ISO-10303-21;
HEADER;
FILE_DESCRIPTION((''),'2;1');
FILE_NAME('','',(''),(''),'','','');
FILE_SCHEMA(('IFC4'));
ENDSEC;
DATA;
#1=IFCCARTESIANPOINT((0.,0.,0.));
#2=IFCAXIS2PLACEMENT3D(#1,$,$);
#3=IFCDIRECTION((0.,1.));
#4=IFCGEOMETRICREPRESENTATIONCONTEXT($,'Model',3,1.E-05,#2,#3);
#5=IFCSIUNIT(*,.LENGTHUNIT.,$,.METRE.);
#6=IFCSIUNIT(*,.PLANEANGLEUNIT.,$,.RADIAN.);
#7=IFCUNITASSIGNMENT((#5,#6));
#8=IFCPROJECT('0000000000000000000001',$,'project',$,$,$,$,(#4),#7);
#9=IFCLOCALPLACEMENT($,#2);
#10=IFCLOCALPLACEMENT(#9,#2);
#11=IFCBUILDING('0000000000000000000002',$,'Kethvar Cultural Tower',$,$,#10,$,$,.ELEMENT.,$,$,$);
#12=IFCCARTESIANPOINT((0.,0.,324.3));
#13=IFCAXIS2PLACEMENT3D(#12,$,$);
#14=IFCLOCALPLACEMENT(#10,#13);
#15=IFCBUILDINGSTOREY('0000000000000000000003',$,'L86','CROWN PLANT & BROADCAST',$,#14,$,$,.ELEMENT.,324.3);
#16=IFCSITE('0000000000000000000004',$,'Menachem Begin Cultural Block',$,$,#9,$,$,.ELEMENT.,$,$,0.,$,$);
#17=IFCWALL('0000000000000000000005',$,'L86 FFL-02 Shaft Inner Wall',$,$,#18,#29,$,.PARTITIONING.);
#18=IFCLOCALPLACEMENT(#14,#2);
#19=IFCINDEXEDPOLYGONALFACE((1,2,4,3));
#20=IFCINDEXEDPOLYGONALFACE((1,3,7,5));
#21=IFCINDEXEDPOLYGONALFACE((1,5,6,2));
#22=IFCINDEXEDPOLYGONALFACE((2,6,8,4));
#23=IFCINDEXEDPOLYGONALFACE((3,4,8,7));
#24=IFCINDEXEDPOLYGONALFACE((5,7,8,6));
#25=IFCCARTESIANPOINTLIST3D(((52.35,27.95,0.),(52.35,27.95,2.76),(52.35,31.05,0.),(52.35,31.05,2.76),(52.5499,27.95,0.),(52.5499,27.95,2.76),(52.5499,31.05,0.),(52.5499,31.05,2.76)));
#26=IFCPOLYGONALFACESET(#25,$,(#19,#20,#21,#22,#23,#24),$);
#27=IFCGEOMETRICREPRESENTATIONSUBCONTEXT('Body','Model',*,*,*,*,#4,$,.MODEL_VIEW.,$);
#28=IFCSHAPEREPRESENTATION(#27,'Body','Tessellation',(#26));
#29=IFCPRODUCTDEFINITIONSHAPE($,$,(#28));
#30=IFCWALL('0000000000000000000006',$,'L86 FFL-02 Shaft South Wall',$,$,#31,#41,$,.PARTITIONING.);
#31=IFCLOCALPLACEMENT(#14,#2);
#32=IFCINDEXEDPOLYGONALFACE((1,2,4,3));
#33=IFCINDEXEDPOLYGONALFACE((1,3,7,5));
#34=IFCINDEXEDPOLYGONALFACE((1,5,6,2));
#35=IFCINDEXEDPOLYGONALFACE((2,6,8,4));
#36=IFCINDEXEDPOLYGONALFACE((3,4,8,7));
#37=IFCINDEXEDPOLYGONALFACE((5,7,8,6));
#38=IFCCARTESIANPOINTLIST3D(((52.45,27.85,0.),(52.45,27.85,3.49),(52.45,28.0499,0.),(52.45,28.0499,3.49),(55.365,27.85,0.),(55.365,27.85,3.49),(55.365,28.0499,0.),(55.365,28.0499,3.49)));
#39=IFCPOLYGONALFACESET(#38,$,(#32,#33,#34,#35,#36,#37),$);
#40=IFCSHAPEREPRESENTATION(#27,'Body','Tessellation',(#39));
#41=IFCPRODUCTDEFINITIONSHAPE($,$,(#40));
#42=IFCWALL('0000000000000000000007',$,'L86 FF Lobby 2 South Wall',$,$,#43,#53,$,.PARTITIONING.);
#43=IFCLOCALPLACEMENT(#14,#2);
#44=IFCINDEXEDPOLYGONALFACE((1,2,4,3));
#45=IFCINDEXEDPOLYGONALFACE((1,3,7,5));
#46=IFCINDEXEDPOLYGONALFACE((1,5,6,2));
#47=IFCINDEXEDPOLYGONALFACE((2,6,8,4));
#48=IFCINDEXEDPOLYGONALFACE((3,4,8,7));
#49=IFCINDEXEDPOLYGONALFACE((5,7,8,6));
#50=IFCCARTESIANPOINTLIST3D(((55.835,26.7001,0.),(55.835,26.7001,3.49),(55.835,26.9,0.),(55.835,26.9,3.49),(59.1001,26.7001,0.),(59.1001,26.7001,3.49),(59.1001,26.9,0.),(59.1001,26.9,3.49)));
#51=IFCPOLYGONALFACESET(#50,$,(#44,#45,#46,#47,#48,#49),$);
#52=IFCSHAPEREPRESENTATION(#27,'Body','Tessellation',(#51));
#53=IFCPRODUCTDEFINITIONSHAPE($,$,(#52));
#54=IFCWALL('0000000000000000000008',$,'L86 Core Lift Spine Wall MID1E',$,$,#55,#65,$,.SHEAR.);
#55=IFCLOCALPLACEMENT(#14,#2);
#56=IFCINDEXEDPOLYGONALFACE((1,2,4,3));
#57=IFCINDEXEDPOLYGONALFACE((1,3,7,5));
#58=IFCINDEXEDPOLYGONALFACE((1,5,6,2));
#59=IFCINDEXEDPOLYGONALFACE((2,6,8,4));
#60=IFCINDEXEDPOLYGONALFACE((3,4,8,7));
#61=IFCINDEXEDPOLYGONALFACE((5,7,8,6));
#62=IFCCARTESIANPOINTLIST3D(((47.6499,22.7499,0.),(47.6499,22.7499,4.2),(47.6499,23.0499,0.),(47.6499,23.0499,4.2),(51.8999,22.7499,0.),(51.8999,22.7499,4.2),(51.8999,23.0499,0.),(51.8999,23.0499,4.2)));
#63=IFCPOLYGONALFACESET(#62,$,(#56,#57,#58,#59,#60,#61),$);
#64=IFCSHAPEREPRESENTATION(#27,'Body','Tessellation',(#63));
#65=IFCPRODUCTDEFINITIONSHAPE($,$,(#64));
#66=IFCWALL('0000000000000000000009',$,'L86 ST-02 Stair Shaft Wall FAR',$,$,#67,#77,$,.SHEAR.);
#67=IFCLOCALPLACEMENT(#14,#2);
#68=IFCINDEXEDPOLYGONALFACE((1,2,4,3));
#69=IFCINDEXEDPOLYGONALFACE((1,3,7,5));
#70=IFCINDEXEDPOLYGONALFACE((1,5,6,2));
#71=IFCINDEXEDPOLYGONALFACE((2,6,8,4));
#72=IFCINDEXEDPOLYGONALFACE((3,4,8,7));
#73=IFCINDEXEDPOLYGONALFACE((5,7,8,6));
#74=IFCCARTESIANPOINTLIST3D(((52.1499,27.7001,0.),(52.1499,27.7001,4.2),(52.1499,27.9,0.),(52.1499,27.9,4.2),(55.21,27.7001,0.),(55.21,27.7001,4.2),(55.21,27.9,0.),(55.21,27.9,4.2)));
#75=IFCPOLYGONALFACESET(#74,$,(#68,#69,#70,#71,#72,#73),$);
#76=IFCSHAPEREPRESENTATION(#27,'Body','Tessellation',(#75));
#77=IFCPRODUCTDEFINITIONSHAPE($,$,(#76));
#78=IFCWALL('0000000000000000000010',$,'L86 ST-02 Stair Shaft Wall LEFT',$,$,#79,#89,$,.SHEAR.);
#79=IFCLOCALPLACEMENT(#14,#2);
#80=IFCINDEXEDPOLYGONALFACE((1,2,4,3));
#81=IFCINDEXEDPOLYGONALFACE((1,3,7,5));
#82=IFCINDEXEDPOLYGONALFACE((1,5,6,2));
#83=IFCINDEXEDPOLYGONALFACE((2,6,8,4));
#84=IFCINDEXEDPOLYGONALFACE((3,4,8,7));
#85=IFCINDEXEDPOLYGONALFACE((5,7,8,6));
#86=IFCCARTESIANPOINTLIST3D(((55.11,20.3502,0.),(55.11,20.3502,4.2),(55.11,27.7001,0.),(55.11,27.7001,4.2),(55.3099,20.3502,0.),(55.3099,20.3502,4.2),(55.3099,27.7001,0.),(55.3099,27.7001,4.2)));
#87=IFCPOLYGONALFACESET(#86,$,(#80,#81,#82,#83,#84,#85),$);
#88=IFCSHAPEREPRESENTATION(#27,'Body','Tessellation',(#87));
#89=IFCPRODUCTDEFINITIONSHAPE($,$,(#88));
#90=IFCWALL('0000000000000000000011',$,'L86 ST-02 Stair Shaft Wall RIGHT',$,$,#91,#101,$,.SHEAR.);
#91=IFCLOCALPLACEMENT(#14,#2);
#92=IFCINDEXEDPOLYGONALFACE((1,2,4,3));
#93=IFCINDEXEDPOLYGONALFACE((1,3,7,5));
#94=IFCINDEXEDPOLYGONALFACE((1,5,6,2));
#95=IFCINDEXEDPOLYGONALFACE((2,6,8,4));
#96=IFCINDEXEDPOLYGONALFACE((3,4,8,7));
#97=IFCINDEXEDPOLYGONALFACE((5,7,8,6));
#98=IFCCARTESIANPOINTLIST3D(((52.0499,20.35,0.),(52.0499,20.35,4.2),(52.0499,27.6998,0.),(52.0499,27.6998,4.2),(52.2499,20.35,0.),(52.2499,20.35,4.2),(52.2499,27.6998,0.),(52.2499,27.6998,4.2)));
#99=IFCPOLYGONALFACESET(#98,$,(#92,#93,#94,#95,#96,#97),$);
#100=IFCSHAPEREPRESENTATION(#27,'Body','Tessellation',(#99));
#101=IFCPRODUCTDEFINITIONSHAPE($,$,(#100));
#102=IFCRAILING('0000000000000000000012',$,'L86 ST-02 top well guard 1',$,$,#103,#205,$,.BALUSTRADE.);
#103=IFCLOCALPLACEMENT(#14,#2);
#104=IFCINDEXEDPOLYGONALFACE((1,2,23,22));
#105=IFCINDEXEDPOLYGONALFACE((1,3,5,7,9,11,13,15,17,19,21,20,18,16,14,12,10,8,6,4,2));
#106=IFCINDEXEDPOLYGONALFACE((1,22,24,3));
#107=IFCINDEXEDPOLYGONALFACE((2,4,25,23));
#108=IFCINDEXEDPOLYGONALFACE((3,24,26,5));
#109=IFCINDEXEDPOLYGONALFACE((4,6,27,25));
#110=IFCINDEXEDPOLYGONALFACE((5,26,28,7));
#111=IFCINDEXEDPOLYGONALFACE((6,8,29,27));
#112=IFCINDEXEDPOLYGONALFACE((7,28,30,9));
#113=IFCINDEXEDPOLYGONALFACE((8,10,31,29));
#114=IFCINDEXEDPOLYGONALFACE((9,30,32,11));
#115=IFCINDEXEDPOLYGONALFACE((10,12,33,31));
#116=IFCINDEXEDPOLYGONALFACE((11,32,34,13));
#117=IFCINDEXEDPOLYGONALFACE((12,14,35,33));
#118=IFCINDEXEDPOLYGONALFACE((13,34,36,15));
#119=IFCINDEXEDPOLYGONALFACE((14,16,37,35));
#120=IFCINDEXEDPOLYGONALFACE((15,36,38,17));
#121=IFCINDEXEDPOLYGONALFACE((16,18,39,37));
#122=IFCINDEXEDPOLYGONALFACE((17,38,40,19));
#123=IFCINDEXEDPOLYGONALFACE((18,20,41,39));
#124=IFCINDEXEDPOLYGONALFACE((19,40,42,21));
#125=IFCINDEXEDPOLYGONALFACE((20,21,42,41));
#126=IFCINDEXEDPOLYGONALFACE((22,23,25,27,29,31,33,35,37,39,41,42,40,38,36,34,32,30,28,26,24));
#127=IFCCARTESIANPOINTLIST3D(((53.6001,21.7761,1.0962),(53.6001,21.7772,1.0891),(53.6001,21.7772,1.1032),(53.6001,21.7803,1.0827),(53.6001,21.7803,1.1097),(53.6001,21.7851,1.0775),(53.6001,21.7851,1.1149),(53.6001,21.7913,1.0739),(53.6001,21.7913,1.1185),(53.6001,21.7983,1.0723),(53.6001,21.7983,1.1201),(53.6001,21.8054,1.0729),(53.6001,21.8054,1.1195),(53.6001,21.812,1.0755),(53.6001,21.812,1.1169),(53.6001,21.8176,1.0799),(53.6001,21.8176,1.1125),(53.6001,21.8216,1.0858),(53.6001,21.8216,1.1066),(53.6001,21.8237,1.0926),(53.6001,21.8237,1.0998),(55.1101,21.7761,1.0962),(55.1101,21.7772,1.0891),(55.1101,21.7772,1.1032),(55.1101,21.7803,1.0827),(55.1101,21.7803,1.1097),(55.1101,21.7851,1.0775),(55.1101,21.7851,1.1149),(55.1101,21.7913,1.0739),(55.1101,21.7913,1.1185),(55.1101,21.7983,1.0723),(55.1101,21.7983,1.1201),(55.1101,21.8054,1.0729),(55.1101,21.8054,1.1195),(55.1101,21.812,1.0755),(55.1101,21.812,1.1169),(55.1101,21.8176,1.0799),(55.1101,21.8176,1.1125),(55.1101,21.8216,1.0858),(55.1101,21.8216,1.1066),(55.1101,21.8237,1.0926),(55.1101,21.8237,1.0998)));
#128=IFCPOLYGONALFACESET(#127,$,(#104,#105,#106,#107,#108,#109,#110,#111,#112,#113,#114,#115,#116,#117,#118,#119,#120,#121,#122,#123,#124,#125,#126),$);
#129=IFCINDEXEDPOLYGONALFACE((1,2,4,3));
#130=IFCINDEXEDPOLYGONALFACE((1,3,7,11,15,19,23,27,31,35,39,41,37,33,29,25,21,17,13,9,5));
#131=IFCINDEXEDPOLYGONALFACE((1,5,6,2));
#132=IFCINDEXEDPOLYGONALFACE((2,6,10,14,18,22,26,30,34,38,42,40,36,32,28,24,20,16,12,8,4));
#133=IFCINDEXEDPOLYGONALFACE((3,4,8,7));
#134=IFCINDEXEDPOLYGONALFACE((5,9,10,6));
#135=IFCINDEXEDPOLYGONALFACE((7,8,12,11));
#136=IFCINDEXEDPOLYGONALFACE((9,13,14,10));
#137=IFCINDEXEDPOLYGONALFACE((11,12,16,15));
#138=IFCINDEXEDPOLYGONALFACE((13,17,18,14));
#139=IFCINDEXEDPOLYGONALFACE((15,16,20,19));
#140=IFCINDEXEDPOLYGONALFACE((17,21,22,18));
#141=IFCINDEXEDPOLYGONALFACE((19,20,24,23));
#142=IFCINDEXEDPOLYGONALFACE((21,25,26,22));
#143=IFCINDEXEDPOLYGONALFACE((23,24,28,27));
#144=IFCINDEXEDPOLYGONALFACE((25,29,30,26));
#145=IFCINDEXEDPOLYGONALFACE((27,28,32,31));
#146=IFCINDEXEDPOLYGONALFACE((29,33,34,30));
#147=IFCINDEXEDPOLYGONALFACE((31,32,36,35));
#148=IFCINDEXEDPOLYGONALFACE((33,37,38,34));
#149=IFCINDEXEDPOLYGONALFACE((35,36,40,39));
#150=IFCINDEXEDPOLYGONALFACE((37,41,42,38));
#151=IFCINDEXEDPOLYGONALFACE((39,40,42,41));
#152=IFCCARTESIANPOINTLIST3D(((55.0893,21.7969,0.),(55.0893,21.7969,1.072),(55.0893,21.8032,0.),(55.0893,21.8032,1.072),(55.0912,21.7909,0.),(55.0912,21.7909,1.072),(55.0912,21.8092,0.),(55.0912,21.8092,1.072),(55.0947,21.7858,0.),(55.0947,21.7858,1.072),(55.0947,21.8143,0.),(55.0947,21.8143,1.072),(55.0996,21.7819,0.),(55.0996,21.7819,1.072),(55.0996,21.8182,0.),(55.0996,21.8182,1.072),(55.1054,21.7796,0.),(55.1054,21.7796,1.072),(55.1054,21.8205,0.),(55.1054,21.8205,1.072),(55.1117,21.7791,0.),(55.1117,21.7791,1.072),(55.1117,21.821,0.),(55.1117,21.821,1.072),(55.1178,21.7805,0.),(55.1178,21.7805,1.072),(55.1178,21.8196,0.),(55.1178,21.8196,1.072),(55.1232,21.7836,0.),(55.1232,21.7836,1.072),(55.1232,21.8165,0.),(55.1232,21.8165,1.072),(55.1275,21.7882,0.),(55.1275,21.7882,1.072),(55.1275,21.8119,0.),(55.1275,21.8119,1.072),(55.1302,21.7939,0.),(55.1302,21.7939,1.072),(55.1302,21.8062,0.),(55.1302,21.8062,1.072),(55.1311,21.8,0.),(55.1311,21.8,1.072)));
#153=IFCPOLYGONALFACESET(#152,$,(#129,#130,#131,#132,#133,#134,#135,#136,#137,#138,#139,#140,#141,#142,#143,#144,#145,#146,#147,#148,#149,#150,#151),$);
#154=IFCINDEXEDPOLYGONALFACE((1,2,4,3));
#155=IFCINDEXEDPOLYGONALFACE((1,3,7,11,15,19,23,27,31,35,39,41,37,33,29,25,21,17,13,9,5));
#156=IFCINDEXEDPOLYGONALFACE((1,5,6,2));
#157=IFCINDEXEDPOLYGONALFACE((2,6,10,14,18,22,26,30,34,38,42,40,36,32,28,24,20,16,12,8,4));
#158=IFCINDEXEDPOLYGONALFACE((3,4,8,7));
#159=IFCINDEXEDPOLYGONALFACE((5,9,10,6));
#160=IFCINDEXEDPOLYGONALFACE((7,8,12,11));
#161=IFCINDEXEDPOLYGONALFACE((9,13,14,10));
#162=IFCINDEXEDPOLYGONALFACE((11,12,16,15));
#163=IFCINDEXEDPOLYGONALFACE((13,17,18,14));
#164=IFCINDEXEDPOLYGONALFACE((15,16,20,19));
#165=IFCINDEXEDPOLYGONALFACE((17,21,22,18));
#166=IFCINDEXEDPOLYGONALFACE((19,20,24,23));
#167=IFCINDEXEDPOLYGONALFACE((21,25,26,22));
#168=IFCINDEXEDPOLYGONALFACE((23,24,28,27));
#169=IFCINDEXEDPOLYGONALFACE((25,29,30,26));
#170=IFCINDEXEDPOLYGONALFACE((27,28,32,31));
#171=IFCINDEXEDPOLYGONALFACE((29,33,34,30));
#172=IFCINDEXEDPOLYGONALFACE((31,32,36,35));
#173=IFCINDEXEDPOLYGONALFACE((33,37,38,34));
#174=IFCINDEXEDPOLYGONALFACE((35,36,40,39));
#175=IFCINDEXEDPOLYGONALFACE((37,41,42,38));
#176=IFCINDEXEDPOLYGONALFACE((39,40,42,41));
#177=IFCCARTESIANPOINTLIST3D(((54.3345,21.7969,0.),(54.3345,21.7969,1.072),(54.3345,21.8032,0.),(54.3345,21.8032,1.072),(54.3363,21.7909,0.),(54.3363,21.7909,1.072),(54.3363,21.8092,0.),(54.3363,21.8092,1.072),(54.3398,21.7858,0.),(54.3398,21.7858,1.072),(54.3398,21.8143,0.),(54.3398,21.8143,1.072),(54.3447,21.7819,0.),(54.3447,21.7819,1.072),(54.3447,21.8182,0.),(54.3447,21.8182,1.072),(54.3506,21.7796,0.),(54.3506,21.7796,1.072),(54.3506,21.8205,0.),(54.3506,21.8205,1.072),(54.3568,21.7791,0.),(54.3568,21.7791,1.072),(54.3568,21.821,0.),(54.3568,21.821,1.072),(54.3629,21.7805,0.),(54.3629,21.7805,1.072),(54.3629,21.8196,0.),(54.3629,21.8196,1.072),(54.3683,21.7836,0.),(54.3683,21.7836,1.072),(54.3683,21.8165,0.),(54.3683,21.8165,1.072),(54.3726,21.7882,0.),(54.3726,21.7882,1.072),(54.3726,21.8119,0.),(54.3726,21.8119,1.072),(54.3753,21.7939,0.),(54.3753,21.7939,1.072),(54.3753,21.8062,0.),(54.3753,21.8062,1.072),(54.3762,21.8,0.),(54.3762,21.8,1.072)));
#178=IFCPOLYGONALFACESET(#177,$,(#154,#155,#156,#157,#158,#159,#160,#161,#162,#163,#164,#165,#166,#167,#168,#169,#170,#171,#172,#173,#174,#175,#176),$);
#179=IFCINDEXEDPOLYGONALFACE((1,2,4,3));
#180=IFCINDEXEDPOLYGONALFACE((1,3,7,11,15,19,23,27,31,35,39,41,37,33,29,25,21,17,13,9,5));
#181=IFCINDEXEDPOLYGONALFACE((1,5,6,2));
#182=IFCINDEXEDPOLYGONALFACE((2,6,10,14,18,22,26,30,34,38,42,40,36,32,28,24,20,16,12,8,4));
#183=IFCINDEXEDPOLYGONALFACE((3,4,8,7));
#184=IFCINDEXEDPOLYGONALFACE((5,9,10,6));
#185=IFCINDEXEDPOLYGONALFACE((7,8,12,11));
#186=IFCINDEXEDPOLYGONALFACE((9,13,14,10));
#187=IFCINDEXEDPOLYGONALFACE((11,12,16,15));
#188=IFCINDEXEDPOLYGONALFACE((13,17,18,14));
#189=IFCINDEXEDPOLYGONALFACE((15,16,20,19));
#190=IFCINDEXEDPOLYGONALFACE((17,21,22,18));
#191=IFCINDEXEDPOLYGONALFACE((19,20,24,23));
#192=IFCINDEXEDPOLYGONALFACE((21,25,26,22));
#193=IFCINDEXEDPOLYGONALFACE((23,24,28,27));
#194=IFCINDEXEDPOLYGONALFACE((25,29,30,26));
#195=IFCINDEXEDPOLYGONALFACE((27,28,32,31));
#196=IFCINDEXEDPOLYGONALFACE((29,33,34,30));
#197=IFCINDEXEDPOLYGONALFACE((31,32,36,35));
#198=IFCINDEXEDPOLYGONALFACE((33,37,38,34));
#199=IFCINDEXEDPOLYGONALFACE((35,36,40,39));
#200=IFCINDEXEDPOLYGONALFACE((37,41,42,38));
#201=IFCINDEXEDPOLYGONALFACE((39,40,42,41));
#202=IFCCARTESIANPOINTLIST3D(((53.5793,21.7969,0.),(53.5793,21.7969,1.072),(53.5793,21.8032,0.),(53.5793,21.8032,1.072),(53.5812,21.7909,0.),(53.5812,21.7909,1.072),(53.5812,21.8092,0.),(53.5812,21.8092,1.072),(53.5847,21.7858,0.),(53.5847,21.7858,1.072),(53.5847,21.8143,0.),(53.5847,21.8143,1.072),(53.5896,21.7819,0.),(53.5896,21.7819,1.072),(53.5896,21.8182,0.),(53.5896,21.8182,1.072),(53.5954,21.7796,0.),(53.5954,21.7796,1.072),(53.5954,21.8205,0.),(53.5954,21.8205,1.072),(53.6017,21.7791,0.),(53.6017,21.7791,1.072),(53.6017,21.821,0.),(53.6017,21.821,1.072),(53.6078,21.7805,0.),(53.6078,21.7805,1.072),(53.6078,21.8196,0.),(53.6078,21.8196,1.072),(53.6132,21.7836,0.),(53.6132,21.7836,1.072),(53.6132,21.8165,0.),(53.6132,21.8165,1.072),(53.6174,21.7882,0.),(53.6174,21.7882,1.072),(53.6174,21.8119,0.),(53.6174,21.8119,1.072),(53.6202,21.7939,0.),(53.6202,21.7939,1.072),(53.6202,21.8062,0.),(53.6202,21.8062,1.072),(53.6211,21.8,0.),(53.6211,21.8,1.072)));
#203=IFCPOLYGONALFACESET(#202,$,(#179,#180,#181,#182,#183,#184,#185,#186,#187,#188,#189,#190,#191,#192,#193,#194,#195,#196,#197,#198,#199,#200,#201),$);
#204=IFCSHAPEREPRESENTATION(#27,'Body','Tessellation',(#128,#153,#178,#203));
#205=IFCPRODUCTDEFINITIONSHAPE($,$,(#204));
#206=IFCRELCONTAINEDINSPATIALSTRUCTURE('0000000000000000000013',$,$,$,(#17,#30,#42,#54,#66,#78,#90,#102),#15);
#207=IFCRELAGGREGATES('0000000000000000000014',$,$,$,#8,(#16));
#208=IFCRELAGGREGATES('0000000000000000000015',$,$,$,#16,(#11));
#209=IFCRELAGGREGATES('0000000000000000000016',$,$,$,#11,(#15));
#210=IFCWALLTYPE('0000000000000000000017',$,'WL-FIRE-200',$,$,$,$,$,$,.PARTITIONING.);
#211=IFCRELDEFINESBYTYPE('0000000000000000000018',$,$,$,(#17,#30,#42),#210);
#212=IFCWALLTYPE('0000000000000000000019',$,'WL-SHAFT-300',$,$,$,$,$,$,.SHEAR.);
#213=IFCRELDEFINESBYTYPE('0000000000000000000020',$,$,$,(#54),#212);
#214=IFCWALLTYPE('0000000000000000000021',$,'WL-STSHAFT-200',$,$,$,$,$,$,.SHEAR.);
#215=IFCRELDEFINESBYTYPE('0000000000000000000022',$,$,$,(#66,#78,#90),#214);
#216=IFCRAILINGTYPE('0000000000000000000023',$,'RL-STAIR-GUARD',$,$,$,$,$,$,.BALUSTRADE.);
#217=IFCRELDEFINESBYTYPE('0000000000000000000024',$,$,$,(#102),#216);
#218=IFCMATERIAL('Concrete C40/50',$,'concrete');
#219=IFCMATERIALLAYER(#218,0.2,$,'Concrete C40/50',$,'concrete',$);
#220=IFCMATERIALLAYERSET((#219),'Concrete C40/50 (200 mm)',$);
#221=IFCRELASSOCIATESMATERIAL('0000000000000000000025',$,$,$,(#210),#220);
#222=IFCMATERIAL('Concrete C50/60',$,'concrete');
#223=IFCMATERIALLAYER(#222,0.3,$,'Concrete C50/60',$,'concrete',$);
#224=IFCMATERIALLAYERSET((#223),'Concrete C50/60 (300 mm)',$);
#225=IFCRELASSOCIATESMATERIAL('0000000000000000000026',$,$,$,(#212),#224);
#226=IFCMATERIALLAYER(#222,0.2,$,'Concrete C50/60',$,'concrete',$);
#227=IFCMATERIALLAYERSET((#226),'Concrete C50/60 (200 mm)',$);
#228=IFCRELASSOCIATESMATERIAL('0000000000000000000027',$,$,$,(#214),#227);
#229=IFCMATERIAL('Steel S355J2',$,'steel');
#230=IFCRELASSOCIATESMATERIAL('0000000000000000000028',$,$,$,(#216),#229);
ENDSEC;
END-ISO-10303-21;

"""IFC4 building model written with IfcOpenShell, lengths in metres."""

from ifc_helpers import new_model, si_unit, direction, frame, frame_2d, origin, origin_2d, place, context, subcontext, project, spatial, rectangle, circle, extrude, material, layer, layer_set, type_object, element, save


model = new_model("IFC4")

# Units and contexts
model_context = context("Model", 3, precision=1e-05, world=origin(), true_north=direction((0.0, 1.0)))
body_context = subcontext(model_context, "Body", "Model", "MODEL_VIEW")
ifc_project = project(units=[si_unit("LENGTHUNIT", "METRE"), si_unit("PLANEANGLEUNIT", "RADIAN")], contexts=[model_context])

# Site, building, storey
site_placement = place(None, origin())
site = spatial("IfcSite", under=ifc_project, at=site_placement, Name="Menachem Begin Cultural Block", CompositionType="ELEMENT", RefElevation=0.0)
building_placement = place(site_placement, origin())
building = spatial("IfcBuilding", under=site, at=building_placement, Name="Kethvar Cultural Tower", CompositionType="ELEMENT")
storey_placement = place(building_placement, frame((0.0, 0.0, 324.3)))
storey = spatial("IfcBuildingStorey", under=building, at=storey_placement, Name="L86", Description="CROWN PLANT & BROADCAST", CompositionType="ELEMENT", Elevation=324.3)

# Shared definitions
ifc_material_1 = material(Name="Concrete C50/60", Category="concrete")
ifc_material_2 = material(Name="Steel S355J2", Category="steel")

# Walls
ifc_material_3 = material(Name="Concrete C40/50", Category="concrete")
ifc_layer_1 = layer(ifc_material_3, 0.2, Name="Concrete C40/50", Category="concrete")
ifc_layer_set_1 = layer_set([ifc_layer_1], Name="Concrete C40/50 (200 mm)")
wall_type_1 = type_object("IfcWallType", Name="WL-FIRE-200", PredefinedType="PARTITIONING", material=ifc_layer_set_1)
wall_1_placement = place(storey_placement, frame((52.45, 27.95, 0.0), z_axis=(0.0, 0.0, 1.0), x_axis=(0.0, 1.0, 0.0)))
element("IfcWall", 1, at=wall_1_placement, inside=storey, type_object=wall_type_1, Name="L86 FFL-02 Shaft Inner Wall", PredefinedType="PARTITIONING", context=body_context, shape_type="SweptSolid", body=[
    extrude(rectangle(XDim=3.1001, YDim=0.2, at=frame_2d((1.55, 0.0))), origin(), (0.0, 0.0, 1.0), 2.76),
])
wall_2_placement = place(storey_placement, frame((52.45, 27.95, 0.0), z_axis=(0.0, 0.0, 1.0), x_axis=(1.0, 0.0, 0.0)))
element("IfcWall", 2, at=wall_2_placement, inside=storey, type_object=wall_type_1, Name="L86 FFL-02 Shaft South Wall", PredefinedType="PARTITIONING", context=body_context, shape_type="SweptSolid", body=[
    extrude(rectangle(XDim=2.915, YDim=0.2, at=frame_2d((1.4575, 0.0))), origin(), (0.0, 0.0, 1.0), 3.49),
])
wall_3_placement = place(storey_placement, frame((55.835, 26.8, 0.0), z_axis=(0.0, 0.0, 1.0), x_axis=(1.0, 0.0, 0.0)))
element("IfcWall", 3, at=wall_3_placement, inside=storey, type_object=wall_type_1, Name="L86 FF Lobby 2 South Wall", PredefinedType="PARTITIONING", context=body_context, shape_type="SweptSolid", body=[
    extrude(rectangle(XDim=3.2651, YDim=0.2, at=frame_2d((1.6326, 0.0))), origin(), (0.0, 0.0, 1.0), 3.49),
])
ifc_layer_2 = layer(ifc_material_1, 0.3, Name="Concrete C50/60", Category="concrete")
ifc_layer_set_2 = layer_set([ifc_layer_2], Name="Concrete C50/60 (300 mm)")
wall_type_2 = type_object("IfcWallType", Name="WL-SHAFT-300", PredefinedType="SHEAR", material=ifc_layer_set_2)
wall_4_placement = place(storey_placement, frame((47.6499, 22.8999, 0.0), z_axis=(0.0, 0.0, 1.0), x_axis=(1.0, 0.0, 0.0)))
element("IfcWall", 4, at=wall_4_placement, inside=storey, type_object=wall_type_2, Name="L86 Core Lift Spine Wall MID1E", PredefinedType="SHEAR", context=body_context, shape_type="SweptSolid", body=[
    extrude(rectangle(XDim=4.25, YDim=0.3, at=frame_2d((2.125, 0.0))), origin(), (0.0, 0.0, 1.0), 4.2),
])

# Walls
ifc_layer_3 = layer(ifc_material_1, 0.2, Name="Concrete C50/60", Category="concrete")
ifc_layer_set_3 = layer_set([ifc_layer_3], Name="Concrete C50/60 (200 mm)")
wall_type_3 = type_object("IfcWallType", Name="WL-STSHAFT-200", PredefinedType="SHEAR", material=ifc_layer_set_3)
wall_5_placement = place(storey_placement, frame((52.1499, 27.8, 0.0), z_axis=(0.0, 0.0, 1.0), x_axis=(1.0, 0.0, 0.0)))
element("IfcWall", 5, at=wall_5_placement, inside=storey, type_object=wall_type_3, Name="L86 ST-02 Stair Shaft Wall FAR", PredefinedType="SHEAR", context=body_context, shape_type="SweptSolid", body=[
    extrude(rectangle(XDim=3.0601, YDim=0.2, at=frame_2d((1.53, 0.0))), origin(), (0.0, 0.0, 1.0), 4.2),
])
for number, where, z_axis, x_axis, name in (
    (6, (55.21, 27.7, 0.0), (0.0, 0.0, 1.0), (0.0, -1.0, 0.0), "L86 ST-02 Stair Shaft Wall LEFT"),
    (7, (52.1499, 20.3501, 0.0), (0.0, 0.0, 1.0), (0.0, 1.0, 0.0), "L86 ST-02 Stair Shaft Wall RIGHT"),
):
    element("IfcWall", number, at=place(storey_placement, frame(where, z_axis=z_axis, x_axis=x_axis)), inside=storey, type_object=wall_type_3, Name=name, PredefinedType="SHEAR", context=body_context, shape_type="SweptSolid", body=[
        extrude(rectangle(XDim=7.3499, YDim=0.2, at=frame_2d((3.6748, 0.0))), origin(), (0.0, 0.0, 1.0), 4.2),
    ])

# Railing
railing_type = type_object("IfcRailingType", Name="RL-STAIR-GUARD", PredefinedType="BALUSTRADE", material=ifc_material_2)
railing_placement = place(storey_placement, frame((55.1101, 21.8, 0.0)))
element("IfcRailing", 8, at=railing_placement, inside=storey, type_object=railing_type, Name="L86 ST-02 top well guard 1", PredefinedType="BALUSTRADE", context=body_context, shape_type="SweptSolid", body=[
    extrude(circle(Radius=0.0239, at=origin_2d()), frame((0.0, 0.0, 1.0962), z_axis=(-1.0, 0.0, 0.0), x_axis=(0.0, -1.0, 0.0)), (0.0, 0.0, 1.0), 1.51),
    extrude(circle(Radius=0.021, at=origin_2d()), origin(), (0.0, 0.0, 1.0), 1.072),
    extrude(circle(Radius=0.021, at=origin_2d()), frame((-0.7549, 0.0, 0.0)), (0.0, 0.0, 1.0), 1.072),
    extrude(circle(Radius=0.021, at=origin_2d()), frame((-1.51, 0.0, 0.0)), (0.0, 0.0, 1.0), 1.072),
])

save(model, "model.ifc")
